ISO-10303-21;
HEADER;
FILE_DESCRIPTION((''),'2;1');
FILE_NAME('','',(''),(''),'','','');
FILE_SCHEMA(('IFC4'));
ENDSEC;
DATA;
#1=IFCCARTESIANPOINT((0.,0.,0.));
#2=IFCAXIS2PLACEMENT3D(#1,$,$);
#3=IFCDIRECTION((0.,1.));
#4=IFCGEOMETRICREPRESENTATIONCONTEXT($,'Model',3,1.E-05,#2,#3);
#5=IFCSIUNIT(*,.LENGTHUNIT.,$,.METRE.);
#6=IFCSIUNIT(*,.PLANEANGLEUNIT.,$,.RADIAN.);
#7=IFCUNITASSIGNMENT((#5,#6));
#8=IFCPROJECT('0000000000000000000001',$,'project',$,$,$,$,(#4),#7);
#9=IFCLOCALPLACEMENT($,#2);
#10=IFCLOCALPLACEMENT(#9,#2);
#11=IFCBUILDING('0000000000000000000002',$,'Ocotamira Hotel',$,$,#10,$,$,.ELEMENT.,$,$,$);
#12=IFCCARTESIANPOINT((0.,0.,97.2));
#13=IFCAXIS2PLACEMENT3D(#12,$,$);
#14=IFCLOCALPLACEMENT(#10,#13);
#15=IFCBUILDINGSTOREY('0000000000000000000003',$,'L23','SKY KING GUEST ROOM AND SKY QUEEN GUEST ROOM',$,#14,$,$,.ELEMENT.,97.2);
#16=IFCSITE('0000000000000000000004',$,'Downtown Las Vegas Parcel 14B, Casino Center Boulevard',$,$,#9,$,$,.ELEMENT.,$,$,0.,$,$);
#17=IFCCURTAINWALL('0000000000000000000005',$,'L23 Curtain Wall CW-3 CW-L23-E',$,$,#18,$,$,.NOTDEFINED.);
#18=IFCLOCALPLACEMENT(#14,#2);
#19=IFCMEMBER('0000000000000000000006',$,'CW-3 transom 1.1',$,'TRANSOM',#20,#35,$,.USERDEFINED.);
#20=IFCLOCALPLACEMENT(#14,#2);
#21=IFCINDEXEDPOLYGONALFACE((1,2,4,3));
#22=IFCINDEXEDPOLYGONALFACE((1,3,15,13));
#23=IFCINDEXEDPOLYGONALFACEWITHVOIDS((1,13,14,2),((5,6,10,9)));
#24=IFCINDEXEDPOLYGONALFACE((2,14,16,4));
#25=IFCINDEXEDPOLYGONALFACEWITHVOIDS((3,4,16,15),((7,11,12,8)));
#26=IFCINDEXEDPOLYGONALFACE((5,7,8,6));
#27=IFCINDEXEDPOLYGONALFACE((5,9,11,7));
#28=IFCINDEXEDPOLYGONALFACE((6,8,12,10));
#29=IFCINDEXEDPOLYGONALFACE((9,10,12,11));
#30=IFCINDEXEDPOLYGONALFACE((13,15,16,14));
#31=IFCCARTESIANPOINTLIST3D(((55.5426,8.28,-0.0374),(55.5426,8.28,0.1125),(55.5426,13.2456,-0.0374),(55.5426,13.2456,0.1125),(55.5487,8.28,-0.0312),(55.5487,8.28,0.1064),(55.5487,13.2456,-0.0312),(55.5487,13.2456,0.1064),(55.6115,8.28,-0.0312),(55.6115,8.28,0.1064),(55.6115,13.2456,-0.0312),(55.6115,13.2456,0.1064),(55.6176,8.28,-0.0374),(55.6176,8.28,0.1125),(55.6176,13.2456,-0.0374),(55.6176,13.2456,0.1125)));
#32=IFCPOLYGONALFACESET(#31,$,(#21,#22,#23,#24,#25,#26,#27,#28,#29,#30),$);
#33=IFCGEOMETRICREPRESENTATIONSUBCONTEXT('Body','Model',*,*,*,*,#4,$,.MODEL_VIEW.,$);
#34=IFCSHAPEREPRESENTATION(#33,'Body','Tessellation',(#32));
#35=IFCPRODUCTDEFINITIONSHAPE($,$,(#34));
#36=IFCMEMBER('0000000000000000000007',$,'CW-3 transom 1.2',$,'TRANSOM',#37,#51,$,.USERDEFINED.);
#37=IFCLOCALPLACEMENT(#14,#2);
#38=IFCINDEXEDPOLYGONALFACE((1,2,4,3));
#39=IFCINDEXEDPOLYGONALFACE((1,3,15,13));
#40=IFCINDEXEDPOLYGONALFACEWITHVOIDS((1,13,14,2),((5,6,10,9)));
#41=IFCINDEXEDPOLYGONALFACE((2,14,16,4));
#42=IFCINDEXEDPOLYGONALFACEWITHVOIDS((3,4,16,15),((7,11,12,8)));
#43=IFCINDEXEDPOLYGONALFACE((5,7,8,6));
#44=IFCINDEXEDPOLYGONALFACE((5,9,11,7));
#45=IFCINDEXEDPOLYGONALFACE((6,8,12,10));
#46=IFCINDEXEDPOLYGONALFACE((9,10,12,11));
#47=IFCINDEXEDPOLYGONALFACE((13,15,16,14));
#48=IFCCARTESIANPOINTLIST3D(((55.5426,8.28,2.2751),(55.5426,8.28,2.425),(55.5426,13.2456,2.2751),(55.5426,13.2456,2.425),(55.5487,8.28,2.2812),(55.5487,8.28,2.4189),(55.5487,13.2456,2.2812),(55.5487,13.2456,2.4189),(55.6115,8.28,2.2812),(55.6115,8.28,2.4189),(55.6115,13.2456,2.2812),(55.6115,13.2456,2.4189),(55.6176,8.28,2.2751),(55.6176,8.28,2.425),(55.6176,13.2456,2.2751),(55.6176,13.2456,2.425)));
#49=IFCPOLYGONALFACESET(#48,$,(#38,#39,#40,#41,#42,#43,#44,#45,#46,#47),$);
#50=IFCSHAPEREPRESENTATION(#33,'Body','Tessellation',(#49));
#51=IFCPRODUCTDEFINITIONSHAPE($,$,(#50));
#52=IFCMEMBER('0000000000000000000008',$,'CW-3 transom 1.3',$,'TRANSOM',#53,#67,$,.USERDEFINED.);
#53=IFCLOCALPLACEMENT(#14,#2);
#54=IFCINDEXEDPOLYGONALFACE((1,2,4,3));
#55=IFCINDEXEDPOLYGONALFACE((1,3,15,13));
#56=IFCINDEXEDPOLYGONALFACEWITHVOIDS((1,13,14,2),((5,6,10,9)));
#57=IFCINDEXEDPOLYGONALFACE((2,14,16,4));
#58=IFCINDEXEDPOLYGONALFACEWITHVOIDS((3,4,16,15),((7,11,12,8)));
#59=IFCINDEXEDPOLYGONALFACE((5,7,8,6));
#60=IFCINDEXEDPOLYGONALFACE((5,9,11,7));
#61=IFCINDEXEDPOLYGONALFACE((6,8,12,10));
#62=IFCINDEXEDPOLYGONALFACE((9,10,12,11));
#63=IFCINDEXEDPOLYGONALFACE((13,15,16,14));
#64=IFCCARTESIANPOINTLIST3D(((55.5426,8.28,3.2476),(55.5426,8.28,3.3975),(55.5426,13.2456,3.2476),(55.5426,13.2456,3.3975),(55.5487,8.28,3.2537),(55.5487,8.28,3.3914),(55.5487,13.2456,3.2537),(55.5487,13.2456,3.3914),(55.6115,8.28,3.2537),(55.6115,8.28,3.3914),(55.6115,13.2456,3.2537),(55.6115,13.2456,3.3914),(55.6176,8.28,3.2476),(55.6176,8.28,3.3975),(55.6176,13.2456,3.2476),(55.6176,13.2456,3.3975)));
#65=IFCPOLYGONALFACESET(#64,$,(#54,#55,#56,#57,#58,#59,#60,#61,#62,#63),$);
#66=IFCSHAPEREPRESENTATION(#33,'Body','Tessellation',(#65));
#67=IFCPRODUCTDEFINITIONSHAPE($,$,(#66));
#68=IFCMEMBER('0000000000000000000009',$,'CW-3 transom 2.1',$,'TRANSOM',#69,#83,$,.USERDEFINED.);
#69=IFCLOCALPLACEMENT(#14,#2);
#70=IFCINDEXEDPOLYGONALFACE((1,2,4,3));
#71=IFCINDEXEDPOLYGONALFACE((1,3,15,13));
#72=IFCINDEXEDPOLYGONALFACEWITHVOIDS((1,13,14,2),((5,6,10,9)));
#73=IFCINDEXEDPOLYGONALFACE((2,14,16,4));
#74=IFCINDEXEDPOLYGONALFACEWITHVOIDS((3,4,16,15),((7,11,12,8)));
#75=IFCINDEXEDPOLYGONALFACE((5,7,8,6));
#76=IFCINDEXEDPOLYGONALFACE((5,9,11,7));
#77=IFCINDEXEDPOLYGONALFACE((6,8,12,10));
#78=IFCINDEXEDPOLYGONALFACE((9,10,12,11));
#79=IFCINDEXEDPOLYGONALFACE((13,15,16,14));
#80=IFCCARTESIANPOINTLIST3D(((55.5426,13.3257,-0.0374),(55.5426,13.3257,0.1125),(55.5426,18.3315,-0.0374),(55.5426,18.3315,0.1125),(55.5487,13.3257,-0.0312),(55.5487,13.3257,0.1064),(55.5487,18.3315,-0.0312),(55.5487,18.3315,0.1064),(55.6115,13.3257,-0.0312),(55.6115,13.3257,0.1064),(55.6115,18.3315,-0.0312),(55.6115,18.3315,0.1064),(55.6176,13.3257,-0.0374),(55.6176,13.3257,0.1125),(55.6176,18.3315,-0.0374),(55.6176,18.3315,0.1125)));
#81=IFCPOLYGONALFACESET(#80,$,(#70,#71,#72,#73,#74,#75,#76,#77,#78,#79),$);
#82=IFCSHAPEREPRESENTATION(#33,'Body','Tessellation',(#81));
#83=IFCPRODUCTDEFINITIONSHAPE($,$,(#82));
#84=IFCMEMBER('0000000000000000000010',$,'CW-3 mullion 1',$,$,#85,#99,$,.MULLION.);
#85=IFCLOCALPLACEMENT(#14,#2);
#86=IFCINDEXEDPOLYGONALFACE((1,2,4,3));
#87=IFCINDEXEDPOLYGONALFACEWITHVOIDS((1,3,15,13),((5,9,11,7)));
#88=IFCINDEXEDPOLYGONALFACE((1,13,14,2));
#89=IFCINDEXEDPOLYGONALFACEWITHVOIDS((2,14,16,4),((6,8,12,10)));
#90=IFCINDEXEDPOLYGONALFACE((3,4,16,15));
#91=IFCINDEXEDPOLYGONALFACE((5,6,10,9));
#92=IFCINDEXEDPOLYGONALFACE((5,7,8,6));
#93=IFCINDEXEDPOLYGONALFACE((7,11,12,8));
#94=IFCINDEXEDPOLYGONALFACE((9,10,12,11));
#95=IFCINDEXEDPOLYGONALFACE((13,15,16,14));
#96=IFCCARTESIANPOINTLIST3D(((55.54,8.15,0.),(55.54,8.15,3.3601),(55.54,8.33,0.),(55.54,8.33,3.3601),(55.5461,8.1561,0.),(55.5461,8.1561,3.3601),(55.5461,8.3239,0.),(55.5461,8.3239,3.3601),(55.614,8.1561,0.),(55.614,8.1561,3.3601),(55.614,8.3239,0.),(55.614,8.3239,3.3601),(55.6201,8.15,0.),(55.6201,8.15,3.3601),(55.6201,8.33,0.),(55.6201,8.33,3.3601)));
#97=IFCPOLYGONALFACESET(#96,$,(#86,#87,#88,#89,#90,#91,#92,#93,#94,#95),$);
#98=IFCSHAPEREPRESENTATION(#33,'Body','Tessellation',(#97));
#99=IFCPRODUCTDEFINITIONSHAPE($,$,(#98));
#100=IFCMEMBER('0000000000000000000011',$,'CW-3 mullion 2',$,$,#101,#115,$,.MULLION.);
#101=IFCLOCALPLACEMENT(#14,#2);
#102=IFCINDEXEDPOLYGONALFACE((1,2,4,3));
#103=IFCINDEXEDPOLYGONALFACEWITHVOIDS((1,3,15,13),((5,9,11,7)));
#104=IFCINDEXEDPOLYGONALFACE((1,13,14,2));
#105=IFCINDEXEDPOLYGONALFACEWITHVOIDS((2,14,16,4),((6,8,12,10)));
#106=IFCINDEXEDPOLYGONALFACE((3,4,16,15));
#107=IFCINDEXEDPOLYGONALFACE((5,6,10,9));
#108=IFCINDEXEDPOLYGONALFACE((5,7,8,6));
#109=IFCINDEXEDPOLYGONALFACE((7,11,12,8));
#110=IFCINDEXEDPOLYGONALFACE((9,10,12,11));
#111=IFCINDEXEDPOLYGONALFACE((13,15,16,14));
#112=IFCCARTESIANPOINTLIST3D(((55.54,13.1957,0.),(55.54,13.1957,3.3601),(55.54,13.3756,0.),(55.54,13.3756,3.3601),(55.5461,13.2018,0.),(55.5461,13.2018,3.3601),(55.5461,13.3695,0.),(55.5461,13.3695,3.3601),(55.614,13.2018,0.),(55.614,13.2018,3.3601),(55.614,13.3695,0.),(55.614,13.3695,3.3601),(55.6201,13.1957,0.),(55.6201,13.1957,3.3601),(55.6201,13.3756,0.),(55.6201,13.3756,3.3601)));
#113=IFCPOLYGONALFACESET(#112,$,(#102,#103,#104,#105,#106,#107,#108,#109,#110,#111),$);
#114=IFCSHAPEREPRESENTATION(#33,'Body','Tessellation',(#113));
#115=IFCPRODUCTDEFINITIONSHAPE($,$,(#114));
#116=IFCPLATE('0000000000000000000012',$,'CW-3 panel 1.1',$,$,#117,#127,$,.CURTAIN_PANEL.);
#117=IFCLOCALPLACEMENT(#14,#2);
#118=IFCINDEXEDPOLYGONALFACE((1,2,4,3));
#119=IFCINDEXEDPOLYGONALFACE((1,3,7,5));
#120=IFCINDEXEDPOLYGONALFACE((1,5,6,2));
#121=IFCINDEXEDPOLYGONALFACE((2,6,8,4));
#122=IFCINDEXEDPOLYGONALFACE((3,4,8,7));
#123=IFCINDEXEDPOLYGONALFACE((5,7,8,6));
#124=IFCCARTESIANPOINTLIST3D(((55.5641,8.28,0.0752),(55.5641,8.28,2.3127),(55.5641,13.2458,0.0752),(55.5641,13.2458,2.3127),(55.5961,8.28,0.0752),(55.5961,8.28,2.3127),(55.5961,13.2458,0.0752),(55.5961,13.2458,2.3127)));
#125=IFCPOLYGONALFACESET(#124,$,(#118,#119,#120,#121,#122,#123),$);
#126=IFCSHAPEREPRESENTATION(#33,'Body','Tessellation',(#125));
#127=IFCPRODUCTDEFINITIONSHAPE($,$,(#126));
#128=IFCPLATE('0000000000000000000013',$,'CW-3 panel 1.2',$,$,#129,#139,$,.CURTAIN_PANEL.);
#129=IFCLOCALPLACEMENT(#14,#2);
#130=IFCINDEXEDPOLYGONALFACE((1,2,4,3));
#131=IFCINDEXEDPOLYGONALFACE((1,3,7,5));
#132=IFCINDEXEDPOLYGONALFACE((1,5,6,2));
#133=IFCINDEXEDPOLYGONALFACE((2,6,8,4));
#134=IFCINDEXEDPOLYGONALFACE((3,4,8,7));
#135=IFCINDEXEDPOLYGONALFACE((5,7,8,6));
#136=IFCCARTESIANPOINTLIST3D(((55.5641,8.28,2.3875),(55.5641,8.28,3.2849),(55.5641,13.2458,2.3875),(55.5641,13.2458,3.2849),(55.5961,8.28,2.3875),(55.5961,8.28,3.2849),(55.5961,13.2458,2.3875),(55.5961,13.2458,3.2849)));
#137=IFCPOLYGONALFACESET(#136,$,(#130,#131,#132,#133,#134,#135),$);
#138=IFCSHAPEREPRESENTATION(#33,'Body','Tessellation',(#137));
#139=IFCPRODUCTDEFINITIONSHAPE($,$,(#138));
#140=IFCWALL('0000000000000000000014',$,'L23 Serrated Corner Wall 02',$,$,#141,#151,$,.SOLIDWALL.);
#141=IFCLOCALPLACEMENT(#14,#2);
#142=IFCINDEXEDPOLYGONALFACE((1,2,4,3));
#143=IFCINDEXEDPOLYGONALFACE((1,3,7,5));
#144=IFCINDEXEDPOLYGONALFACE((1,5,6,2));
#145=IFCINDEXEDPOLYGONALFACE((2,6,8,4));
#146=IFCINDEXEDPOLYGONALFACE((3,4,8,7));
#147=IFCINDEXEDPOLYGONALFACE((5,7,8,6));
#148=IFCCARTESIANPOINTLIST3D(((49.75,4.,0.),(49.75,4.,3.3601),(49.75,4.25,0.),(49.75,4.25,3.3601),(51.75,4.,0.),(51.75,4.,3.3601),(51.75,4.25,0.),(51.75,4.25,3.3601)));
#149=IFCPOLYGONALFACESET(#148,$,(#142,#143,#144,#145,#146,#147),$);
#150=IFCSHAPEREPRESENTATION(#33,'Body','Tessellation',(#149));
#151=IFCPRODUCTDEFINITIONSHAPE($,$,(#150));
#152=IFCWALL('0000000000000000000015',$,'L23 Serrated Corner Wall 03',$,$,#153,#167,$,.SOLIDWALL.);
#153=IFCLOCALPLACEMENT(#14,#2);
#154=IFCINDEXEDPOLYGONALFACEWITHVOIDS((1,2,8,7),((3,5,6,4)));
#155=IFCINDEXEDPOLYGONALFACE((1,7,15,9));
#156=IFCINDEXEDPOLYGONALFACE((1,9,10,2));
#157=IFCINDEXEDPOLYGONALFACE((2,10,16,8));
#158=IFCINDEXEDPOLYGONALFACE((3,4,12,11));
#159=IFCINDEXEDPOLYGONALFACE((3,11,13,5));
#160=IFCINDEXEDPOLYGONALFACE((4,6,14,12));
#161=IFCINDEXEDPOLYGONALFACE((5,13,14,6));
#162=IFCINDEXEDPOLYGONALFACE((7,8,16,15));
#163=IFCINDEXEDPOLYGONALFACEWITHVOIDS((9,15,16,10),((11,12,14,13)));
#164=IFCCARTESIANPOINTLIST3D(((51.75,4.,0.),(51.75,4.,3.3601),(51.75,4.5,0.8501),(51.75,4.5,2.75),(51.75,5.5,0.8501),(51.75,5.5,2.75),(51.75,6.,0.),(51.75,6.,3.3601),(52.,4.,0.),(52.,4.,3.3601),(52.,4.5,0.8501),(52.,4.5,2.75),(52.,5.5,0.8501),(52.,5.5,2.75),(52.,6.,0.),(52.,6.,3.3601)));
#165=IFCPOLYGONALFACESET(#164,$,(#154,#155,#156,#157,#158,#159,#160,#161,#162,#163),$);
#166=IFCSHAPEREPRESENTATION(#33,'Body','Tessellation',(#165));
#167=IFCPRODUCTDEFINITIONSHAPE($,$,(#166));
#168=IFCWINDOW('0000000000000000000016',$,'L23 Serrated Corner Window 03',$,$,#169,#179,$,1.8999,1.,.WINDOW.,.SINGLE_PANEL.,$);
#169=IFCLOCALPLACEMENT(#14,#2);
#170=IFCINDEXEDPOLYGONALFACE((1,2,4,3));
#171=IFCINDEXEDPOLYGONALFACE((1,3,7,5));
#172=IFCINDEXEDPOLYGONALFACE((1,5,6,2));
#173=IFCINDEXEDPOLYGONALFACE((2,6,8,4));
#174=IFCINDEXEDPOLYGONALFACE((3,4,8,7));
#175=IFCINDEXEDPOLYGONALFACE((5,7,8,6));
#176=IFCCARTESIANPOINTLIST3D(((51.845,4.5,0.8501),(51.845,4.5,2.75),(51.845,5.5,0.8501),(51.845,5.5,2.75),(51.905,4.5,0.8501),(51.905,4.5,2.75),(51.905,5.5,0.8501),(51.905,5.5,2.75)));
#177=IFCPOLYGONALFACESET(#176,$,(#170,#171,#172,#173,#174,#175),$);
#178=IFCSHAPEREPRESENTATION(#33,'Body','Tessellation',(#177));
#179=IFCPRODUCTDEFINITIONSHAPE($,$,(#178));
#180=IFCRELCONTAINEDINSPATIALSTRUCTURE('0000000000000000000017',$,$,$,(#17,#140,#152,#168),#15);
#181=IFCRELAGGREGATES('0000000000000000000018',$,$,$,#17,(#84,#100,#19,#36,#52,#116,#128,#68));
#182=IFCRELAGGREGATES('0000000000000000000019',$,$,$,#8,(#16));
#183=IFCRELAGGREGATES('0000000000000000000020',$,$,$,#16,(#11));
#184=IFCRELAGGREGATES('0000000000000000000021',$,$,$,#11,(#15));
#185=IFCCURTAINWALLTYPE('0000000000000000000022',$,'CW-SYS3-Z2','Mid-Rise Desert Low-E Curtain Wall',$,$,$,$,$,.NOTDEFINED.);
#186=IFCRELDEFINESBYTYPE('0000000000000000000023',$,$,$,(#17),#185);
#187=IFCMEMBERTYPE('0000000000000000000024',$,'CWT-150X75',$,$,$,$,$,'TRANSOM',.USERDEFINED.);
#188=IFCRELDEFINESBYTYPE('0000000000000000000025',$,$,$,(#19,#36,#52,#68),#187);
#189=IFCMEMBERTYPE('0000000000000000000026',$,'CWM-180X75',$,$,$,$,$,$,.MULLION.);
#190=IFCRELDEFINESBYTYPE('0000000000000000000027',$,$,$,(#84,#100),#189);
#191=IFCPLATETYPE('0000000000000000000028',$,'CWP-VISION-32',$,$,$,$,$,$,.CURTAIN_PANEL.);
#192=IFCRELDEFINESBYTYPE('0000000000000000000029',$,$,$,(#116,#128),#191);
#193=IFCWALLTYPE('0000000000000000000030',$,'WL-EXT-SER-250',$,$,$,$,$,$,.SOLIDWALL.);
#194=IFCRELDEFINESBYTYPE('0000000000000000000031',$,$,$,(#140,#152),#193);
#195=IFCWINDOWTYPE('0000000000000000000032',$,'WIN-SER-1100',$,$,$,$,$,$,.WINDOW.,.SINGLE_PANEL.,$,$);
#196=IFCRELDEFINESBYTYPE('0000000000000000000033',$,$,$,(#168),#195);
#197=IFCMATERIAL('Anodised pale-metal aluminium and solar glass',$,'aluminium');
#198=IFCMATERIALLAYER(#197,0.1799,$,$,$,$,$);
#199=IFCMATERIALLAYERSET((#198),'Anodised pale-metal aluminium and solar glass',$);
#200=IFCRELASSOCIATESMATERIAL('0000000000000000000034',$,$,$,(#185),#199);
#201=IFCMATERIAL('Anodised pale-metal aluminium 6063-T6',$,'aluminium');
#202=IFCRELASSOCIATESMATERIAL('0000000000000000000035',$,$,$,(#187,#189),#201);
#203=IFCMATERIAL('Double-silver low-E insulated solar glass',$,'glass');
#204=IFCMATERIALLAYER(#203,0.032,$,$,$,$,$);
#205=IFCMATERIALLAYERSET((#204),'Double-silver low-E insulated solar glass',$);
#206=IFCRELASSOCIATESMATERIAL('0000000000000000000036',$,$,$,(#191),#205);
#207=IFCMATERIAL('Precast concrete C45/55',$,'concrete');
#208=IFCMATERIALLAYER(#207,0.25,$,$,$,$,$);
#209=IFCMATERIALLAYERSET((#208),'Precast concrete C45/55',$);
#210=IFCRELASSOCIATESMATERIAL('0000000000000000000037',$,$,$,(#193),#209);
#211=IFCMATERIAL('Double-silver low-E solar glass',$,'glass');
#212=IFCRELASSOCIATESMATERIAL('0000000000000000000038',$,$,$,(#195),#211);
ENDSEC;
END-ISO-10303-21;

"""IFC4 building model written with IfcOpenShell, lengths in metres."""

from ifc_helpers import new_model, si_unit, direction, frame, frame_2d, origin, origin_2d, place, context, subcontext, project, spatial, rectangle, hollow_rectangle, extrude, source, transform, mapped, material, layer, layer_set, material_profile, profile_set, type_object, element, fill, aggregate, save


model = new_model("IFC4")

# Units and contexts
model_context = context("Model", 3, precision=1e-05, world=origin(), true_north=direction((0.0, 1.0)))
body_context = subcontext(model_context, "Body", "Model", "MODEL_VIEW")
ifc_project = project(units=[si_unit("LENGTHUNIT", "METRE"), si_unit("PLANEANGLEUNIT", "RADIAN")], contexts=[model_context])

# Site, building, storey
site_placement = place(None, origin())
site = spatial("IfcSite", under=ifc_project, at=site_placement, Name="Downtown Las Vegas Parcel 14B, Casino Center Boulevard", CompositionType="ELEMENT", RefElevation=0.0)
building_placement = place(site_placement, origin())
building = spatial("IfcBuilding", under=site, at=building_placement, Name="Ocotamira Hotel", CompositionType="ELEMENT")
storey_placement = place(building_placement, frame((0.0, 0.0, 97.2)))
storey = spatial("IfcBuildingStorey", under=building, at=storey_placement, Name="L23", Description="SKY KING GUEST ROOM AND SKY QUEEN GUEST ROOM", CompositionType="ELEMENT", Elevation=97.2)

# Curtain wall, members, plates
ifc_material_1 = material(Name="Anodised pale-metal aluminium and solar glass", Category="aluminium")
ifc_layer_1 = layer(ifc_material_1, 0.1799)
ifc_layer_set_1 = layer_set([ifc_layer_1], Name="Anodised pale-metal aluminium and solar glass")
curtain_wall_type = type_object("IfcCurtainWallType", Name="CW-SYS3-Z2", Description="Mid-Rise Desert Low-E Curtain Wall", PredefinedType="NOTDEFINED", material=ifc_layer_set_1)
curtain_wall_placement = place(storey_placement, origin())
curtain_wall = element("IfcCurtainWall", 1, at=curtain_wall_placement, inside=storey, type_object=curtain_wall_type, Name="L23 Curtain Wall CW-3 CW-L23-E", PredefinedType="NOTDEFINED")
ifc_material_2 = material(Name="Anodised pale-metal aluminium 6063-T6", Category="aluminium")
ifc_material_profile_1 = material_profile(ifc_material_2, hollow_rectangle(XDim=0.075, YDim=0.1499, WallThickness=0.0061, at=origin_2d()), Name="HSS150X75X6")
ifc_profile_set_1 = profile_set([ifc_material_profile_1], Name="Anodised pale-metal aluminium 6063-T6")
member_type_1 = type_object("IfcMemberType", Name="CWT-150X75", ElementType="TRANSOM", PredefinedType="USERDEFINED", material=ifc_profile_set_1)
shared_shape_1 = source(origin(), body_context, "Body", "SweptSolid", [
    extrude(hollow_rectangle(XDim=0.075, YDim=0.1499, WallThickness=0.0061, at=origin_2d()), origin(), (0.0, 0.0, 1.0), 4.9656),
])
member_1_placement = place(storey_placement, frame((55.5801, 8.28, 0.0376), z_axis=(0.0, 1.0, 0.0), x_axis=(-1.0, 0.0, 0.0)))
member_1 = element("IfcMember", 2, at=member_1_placement, type_object=member_type_1, Name="CW-3 transom 1.1", ObjectType="TRANSOM", PredefinedType="USERDEFINED", context=body_context, shape_type="MappedRepresentation", body=[
    mapped(shared_shape_1, transform((0.0, 0.0, 0.0), scale=1.0)),
])
member_2_placement = place(storey_placement, frame((55.5801, 8.28, 2.3501), z_axis=(0.0, 1.0, 0.0), x_axis=(-1.0, 0.0, 0.0)))
member_2 = element("IfcMember", 3, at=member_2_placement, type_object=member_type_1, Name="CW-3 transom 1.2", ObjectType="TRANSOM", PredefinedType="USERDEFINED", context=body_context, shape_type="MappedRepresentation", body=[
    mapped(shared_shape_1, transform((0.0, 0.0, 0.0), scale=1.0)),
])
member_3_placement = place(storey_placement, frame((55.5801, 8.28, 3.3225), z_axis=(0.0, 1.0, 0.0), x_axis=(-1.0, 0.0, 0.0)))
member_3 = element("IfcMember", 4, at=member_3_placement, type_object=member_type_1, Name="CW-3 transom 1.3", ObjectType="TRANSOM", PredefinedType="USERDEFINED", context=body_context, shape_type="MappedRepresentation", body=[
    mapped(shared_shape_1, transform((0.0, 0.0, 0.0), scale=1.0)),
])
shared_shape_2 = source(origin(), body_context, "Body", "SweptSolid", [
    extrude(hollow_rectangle(XDim=0.075, YDim=0.1499, WallThickness=0.0061, at=origin_2d()), origin(), (0.0, 0.0, 1.0), 5.0059),
])
member_4_placement = place(storey_placement, frame((55.5801, 13.3257, 0.0376), z_axis=(0.0, 1.0, 0.0), x_axis=(-1.0, 0.0, 0.0)))
member_4 = element("IfcMember", 5, at=member_4_placement, type_object=member_type_1, Name="CW-3 transom 2.1", ObjectType="TRANSOM", PredefinedType="USERDEFINED", context=body_context, shape_type="MappedRepresentation", body=[
    mapped(shared_shape_2, transform((0.0, 0.0, 0.0), scale=1.0)),
])
ifc_material_profile_2 = material_profile(ifc_material_2, hollow_rectangle(XDim=0.0801, YDim=0.1799, WallThickness=0.0061, at=origin_2d()), Name="HSS180X80X6")
ifc_profile_set_2 = profile_set([ifc_material_profile_2], Name="Anodised pale-metal aluminium 6063-T6")
member_type_2 = type_object("IfcMemberType", Name="CWM-180X75", PredefinedType="MULLION", material=ifc_profile_set_2)
shared_shape_3 = source(origin(), body_context, "Body", "SweptSolid", [
    extrude(hollow_rectangle(XDim=0.0801, YDim=0.1799, WallThickness=0.0061, at=origin_2d()), origin(), (0.0, 0.0, 1.0), 3.3601),
])
member_5_placement = place(storey_placement, frame((55.5801, 8.24, 0.0), z_axis=(0.0, 0.0, 1.0), x_axis=(-1.0, 0.0, 0.0)))
member_5 = element("IfcMember", 6, at=member_5_placement, type_object=member_type_2, Name="CW-3 mullion 1", PredefinedType="MULLION", context=body_context, shape_type="MappedRepresentation", body=[
    mapped(shared_shape_3, transform((0.0, 0.0, 0.0), scale=1.0)),
])
member_6_placement = place(storey_placement, frame((55.5801, 13.2856, 0.0), z_axis=(0.0, 0.0, 1.0), x_axis=(-1.0, 0.0, 0.0)))
member_6 = element("IfcMember", 7, at=member_6_placement, type_object=member_type_2, Name="CW-3 mullion 2", PredefinedType="MULLION", context=body_context, shape_type="MappedRepresentation", body=[
    mapped(shared_shape_3, transform((0.0, 0.0, 0.0), scale=1.0)),
])
ifc_material_3 = material(Name="Double-silver low-E insulated solar glass", Category="glass")
ifc_layer_2 = layer(ifc_material_3, 0.032)
ifc_layer_set_2 = layer_set([ifc_layer_2], Name="Double-silver low-E insulated solar glass")
plate_type = type_object("IfcPlateType", Name="CWP-VISION-32", PredefinedType="CURTAIN_PANEL", material=ifc_layer_set_2)
shared_shape_4 = source(origin(), body_context, "Body", "SweptSolid", [
    extrude(rectangle(XDim=4.9658, YDim=0.032, at=origin_2d()), origin(), (0.0, 0.0, 1.0), 2.2375),
])
plate_1_placement = place(storey_placement, frame((55.5801, 10.7629, 0.0752), z_axis=(0.0, 0.0, 1.0), x_axis=(0.0, 1.0, 0.0)))
plate_1 = element("IfcPlate", 8, at=plate_1_placement, type_object=plate_type, Name="CW-3 panel 1.1", PredefinedType="CURTAIN_PANEL", context=body_context, shape_type="MappedRepresentation", body=[
    mapped(shared_shape_4, transform((0.0, 0.0, 0.0), scale=1.0)),
])
shared_shape_5 = source(origin(), body_context, "Body", "SweptSolid", [
    extrude(rectangle(XDim=4.9658, YDim=0.032, at=origin_2d()), origin(), (0.0, 0.0, 1.0), 0.8975),
])
plate_2_placement = place(storey_placement, frame((55.5801, 10.7629, 2.3875), z_axis=(0.0, 0.0, 1.0), x_axis=(0.0, 1.0, 0.0)))
plate_2 = element("IfcPlate", 9, at=plate_2_placement, type_object=plate_type, Name="CW-3 panel 1.2", PredefinedType="CURTAIN_PANEL", context=body_context, shape_type="MappedRepresentation", body=[
    mapped(shared_shape_5, transform((0.0, 0.0, 0.0), scale=1.0)),
])
aggregate(curtain_wall, [member_5, member_6, member_1, member_2, member_3, plate_1, plate_2, member_4])

# Wall
ifc_material_4 = material(Name="Precast concrete C45/55", Category="concrete")
ifc_layer_3 = layer(ifc_material_4, 0.25)
ifc_layer_set_3 = layer_set([ifc_layer_3], Name="Precast concrete C45/55")
wall_type_1 = type_object("IfcWallType", Name="WL-EXT-SER-250", PredefinedType="SOLIDWALL", material=ifc_layer_set_3)
wall_1_placement = place(storey_placement, frame((49.75, 4.125, 0.0), z_axis=(0.0, 0.0, 1.0), x_axis=(1.0, 0.0, 0.0)))
element("IfcWall", 10, at=wall_1_placement, inside=storey, type_object=wall_type_1, Name="L23 Serrated Corner Wall 02", PredefinedType="SOLIDWALL", context=body_context, shape_type="SweptSolid", body=[
    extrude(rectangle(XDim=2.0, YDim=0.25, at=frame_2d((1.0, 0.0))), origin(), (0.0, 0.0, 1.0), 3.3601),
])

# Wall, opening, window
wall_2_placement = place(storey_placement, frame((51.875, 4.0, 0.0), z_axis=(0.0, 0.0, 1.0), x_axis=(0.0, 1.0, 0.0)))
wall_2 = element("IfcWall", 11, at=wall_2_placement, inside=storey, type_object=wall_type_1, Name="L23 Serrated Corner Wall 03", PredefinedType="SOLIDWALL", context=body_context, shape_type="SweptSolid", body=[
    extrude(rectangle(XDim=2.0, YDim=0.25, at=frame_2d((1.0, 0.0))), origin(), (0.0, 0.0, 1.0), 3.3601),
])
opening_1_placement = place(wall_2_placement, frame((0.5, 0.0, 0.8501)))
opening_1 = element("IfcOpeningElement", 12, at=opening_1_placement, cuts=wall_2, PredefinedType="OPENING", context=body_context, shape_type="SweptSolid", body=[
    extrude(rectangle(XDim=1.0, YDim=1.8999, at=frame_2d((0.5, 0.95))), frame((0.0, 0.135, 0.0), z_axis=(0.0, -1.0, 0.0), x_axis=(1.0, 0.0, 0.0)), (0.0, 0.0, 1.0), 0.27),
])
ifc_material_5 = material(Name="Double-silver low-E solar glass", Category="glass")
window_type = type_object("IfcWindowType", Name="WIN-SER-1100", PartitioningType="SINGLE_PANEL", PredefinedType="WINDOW", material=ifc_material_5)
shared_shape_6 = source(origin(), body_context, "Body", "SweptSolid", [
    extrude(rectangle(XDim=1.0, YDim=1.8999, at=frame_2d((0.5, 0.95))), frame((0.0, 0.03, 0.0), z_axis=(0.0, -1.0, 0.0), x_axis=(1.0, 0.0, 0.0)), (0.0, 0.0, 1.0), 0.0601),
])
window_placement = place(opening_1_placement, origin())
window = element("IfcWindow", 13, at=window_placement, inside=storey, type_object=window_type, Name="L23 Serrated Corner Window 03", OverallHeight=1.8999, OverallWidth=1.0, PartitioningType="SINGLE_PANEL", PredefinedType="WINDOW", context=body_context, shape_type="MappedRepresentation", body=[
    mapped(shared_shape_6, transform((0.0, 0.0, 0.0), scale=1.0)),
])
fill(opening_1, window)

save(model, "model.ifc")
